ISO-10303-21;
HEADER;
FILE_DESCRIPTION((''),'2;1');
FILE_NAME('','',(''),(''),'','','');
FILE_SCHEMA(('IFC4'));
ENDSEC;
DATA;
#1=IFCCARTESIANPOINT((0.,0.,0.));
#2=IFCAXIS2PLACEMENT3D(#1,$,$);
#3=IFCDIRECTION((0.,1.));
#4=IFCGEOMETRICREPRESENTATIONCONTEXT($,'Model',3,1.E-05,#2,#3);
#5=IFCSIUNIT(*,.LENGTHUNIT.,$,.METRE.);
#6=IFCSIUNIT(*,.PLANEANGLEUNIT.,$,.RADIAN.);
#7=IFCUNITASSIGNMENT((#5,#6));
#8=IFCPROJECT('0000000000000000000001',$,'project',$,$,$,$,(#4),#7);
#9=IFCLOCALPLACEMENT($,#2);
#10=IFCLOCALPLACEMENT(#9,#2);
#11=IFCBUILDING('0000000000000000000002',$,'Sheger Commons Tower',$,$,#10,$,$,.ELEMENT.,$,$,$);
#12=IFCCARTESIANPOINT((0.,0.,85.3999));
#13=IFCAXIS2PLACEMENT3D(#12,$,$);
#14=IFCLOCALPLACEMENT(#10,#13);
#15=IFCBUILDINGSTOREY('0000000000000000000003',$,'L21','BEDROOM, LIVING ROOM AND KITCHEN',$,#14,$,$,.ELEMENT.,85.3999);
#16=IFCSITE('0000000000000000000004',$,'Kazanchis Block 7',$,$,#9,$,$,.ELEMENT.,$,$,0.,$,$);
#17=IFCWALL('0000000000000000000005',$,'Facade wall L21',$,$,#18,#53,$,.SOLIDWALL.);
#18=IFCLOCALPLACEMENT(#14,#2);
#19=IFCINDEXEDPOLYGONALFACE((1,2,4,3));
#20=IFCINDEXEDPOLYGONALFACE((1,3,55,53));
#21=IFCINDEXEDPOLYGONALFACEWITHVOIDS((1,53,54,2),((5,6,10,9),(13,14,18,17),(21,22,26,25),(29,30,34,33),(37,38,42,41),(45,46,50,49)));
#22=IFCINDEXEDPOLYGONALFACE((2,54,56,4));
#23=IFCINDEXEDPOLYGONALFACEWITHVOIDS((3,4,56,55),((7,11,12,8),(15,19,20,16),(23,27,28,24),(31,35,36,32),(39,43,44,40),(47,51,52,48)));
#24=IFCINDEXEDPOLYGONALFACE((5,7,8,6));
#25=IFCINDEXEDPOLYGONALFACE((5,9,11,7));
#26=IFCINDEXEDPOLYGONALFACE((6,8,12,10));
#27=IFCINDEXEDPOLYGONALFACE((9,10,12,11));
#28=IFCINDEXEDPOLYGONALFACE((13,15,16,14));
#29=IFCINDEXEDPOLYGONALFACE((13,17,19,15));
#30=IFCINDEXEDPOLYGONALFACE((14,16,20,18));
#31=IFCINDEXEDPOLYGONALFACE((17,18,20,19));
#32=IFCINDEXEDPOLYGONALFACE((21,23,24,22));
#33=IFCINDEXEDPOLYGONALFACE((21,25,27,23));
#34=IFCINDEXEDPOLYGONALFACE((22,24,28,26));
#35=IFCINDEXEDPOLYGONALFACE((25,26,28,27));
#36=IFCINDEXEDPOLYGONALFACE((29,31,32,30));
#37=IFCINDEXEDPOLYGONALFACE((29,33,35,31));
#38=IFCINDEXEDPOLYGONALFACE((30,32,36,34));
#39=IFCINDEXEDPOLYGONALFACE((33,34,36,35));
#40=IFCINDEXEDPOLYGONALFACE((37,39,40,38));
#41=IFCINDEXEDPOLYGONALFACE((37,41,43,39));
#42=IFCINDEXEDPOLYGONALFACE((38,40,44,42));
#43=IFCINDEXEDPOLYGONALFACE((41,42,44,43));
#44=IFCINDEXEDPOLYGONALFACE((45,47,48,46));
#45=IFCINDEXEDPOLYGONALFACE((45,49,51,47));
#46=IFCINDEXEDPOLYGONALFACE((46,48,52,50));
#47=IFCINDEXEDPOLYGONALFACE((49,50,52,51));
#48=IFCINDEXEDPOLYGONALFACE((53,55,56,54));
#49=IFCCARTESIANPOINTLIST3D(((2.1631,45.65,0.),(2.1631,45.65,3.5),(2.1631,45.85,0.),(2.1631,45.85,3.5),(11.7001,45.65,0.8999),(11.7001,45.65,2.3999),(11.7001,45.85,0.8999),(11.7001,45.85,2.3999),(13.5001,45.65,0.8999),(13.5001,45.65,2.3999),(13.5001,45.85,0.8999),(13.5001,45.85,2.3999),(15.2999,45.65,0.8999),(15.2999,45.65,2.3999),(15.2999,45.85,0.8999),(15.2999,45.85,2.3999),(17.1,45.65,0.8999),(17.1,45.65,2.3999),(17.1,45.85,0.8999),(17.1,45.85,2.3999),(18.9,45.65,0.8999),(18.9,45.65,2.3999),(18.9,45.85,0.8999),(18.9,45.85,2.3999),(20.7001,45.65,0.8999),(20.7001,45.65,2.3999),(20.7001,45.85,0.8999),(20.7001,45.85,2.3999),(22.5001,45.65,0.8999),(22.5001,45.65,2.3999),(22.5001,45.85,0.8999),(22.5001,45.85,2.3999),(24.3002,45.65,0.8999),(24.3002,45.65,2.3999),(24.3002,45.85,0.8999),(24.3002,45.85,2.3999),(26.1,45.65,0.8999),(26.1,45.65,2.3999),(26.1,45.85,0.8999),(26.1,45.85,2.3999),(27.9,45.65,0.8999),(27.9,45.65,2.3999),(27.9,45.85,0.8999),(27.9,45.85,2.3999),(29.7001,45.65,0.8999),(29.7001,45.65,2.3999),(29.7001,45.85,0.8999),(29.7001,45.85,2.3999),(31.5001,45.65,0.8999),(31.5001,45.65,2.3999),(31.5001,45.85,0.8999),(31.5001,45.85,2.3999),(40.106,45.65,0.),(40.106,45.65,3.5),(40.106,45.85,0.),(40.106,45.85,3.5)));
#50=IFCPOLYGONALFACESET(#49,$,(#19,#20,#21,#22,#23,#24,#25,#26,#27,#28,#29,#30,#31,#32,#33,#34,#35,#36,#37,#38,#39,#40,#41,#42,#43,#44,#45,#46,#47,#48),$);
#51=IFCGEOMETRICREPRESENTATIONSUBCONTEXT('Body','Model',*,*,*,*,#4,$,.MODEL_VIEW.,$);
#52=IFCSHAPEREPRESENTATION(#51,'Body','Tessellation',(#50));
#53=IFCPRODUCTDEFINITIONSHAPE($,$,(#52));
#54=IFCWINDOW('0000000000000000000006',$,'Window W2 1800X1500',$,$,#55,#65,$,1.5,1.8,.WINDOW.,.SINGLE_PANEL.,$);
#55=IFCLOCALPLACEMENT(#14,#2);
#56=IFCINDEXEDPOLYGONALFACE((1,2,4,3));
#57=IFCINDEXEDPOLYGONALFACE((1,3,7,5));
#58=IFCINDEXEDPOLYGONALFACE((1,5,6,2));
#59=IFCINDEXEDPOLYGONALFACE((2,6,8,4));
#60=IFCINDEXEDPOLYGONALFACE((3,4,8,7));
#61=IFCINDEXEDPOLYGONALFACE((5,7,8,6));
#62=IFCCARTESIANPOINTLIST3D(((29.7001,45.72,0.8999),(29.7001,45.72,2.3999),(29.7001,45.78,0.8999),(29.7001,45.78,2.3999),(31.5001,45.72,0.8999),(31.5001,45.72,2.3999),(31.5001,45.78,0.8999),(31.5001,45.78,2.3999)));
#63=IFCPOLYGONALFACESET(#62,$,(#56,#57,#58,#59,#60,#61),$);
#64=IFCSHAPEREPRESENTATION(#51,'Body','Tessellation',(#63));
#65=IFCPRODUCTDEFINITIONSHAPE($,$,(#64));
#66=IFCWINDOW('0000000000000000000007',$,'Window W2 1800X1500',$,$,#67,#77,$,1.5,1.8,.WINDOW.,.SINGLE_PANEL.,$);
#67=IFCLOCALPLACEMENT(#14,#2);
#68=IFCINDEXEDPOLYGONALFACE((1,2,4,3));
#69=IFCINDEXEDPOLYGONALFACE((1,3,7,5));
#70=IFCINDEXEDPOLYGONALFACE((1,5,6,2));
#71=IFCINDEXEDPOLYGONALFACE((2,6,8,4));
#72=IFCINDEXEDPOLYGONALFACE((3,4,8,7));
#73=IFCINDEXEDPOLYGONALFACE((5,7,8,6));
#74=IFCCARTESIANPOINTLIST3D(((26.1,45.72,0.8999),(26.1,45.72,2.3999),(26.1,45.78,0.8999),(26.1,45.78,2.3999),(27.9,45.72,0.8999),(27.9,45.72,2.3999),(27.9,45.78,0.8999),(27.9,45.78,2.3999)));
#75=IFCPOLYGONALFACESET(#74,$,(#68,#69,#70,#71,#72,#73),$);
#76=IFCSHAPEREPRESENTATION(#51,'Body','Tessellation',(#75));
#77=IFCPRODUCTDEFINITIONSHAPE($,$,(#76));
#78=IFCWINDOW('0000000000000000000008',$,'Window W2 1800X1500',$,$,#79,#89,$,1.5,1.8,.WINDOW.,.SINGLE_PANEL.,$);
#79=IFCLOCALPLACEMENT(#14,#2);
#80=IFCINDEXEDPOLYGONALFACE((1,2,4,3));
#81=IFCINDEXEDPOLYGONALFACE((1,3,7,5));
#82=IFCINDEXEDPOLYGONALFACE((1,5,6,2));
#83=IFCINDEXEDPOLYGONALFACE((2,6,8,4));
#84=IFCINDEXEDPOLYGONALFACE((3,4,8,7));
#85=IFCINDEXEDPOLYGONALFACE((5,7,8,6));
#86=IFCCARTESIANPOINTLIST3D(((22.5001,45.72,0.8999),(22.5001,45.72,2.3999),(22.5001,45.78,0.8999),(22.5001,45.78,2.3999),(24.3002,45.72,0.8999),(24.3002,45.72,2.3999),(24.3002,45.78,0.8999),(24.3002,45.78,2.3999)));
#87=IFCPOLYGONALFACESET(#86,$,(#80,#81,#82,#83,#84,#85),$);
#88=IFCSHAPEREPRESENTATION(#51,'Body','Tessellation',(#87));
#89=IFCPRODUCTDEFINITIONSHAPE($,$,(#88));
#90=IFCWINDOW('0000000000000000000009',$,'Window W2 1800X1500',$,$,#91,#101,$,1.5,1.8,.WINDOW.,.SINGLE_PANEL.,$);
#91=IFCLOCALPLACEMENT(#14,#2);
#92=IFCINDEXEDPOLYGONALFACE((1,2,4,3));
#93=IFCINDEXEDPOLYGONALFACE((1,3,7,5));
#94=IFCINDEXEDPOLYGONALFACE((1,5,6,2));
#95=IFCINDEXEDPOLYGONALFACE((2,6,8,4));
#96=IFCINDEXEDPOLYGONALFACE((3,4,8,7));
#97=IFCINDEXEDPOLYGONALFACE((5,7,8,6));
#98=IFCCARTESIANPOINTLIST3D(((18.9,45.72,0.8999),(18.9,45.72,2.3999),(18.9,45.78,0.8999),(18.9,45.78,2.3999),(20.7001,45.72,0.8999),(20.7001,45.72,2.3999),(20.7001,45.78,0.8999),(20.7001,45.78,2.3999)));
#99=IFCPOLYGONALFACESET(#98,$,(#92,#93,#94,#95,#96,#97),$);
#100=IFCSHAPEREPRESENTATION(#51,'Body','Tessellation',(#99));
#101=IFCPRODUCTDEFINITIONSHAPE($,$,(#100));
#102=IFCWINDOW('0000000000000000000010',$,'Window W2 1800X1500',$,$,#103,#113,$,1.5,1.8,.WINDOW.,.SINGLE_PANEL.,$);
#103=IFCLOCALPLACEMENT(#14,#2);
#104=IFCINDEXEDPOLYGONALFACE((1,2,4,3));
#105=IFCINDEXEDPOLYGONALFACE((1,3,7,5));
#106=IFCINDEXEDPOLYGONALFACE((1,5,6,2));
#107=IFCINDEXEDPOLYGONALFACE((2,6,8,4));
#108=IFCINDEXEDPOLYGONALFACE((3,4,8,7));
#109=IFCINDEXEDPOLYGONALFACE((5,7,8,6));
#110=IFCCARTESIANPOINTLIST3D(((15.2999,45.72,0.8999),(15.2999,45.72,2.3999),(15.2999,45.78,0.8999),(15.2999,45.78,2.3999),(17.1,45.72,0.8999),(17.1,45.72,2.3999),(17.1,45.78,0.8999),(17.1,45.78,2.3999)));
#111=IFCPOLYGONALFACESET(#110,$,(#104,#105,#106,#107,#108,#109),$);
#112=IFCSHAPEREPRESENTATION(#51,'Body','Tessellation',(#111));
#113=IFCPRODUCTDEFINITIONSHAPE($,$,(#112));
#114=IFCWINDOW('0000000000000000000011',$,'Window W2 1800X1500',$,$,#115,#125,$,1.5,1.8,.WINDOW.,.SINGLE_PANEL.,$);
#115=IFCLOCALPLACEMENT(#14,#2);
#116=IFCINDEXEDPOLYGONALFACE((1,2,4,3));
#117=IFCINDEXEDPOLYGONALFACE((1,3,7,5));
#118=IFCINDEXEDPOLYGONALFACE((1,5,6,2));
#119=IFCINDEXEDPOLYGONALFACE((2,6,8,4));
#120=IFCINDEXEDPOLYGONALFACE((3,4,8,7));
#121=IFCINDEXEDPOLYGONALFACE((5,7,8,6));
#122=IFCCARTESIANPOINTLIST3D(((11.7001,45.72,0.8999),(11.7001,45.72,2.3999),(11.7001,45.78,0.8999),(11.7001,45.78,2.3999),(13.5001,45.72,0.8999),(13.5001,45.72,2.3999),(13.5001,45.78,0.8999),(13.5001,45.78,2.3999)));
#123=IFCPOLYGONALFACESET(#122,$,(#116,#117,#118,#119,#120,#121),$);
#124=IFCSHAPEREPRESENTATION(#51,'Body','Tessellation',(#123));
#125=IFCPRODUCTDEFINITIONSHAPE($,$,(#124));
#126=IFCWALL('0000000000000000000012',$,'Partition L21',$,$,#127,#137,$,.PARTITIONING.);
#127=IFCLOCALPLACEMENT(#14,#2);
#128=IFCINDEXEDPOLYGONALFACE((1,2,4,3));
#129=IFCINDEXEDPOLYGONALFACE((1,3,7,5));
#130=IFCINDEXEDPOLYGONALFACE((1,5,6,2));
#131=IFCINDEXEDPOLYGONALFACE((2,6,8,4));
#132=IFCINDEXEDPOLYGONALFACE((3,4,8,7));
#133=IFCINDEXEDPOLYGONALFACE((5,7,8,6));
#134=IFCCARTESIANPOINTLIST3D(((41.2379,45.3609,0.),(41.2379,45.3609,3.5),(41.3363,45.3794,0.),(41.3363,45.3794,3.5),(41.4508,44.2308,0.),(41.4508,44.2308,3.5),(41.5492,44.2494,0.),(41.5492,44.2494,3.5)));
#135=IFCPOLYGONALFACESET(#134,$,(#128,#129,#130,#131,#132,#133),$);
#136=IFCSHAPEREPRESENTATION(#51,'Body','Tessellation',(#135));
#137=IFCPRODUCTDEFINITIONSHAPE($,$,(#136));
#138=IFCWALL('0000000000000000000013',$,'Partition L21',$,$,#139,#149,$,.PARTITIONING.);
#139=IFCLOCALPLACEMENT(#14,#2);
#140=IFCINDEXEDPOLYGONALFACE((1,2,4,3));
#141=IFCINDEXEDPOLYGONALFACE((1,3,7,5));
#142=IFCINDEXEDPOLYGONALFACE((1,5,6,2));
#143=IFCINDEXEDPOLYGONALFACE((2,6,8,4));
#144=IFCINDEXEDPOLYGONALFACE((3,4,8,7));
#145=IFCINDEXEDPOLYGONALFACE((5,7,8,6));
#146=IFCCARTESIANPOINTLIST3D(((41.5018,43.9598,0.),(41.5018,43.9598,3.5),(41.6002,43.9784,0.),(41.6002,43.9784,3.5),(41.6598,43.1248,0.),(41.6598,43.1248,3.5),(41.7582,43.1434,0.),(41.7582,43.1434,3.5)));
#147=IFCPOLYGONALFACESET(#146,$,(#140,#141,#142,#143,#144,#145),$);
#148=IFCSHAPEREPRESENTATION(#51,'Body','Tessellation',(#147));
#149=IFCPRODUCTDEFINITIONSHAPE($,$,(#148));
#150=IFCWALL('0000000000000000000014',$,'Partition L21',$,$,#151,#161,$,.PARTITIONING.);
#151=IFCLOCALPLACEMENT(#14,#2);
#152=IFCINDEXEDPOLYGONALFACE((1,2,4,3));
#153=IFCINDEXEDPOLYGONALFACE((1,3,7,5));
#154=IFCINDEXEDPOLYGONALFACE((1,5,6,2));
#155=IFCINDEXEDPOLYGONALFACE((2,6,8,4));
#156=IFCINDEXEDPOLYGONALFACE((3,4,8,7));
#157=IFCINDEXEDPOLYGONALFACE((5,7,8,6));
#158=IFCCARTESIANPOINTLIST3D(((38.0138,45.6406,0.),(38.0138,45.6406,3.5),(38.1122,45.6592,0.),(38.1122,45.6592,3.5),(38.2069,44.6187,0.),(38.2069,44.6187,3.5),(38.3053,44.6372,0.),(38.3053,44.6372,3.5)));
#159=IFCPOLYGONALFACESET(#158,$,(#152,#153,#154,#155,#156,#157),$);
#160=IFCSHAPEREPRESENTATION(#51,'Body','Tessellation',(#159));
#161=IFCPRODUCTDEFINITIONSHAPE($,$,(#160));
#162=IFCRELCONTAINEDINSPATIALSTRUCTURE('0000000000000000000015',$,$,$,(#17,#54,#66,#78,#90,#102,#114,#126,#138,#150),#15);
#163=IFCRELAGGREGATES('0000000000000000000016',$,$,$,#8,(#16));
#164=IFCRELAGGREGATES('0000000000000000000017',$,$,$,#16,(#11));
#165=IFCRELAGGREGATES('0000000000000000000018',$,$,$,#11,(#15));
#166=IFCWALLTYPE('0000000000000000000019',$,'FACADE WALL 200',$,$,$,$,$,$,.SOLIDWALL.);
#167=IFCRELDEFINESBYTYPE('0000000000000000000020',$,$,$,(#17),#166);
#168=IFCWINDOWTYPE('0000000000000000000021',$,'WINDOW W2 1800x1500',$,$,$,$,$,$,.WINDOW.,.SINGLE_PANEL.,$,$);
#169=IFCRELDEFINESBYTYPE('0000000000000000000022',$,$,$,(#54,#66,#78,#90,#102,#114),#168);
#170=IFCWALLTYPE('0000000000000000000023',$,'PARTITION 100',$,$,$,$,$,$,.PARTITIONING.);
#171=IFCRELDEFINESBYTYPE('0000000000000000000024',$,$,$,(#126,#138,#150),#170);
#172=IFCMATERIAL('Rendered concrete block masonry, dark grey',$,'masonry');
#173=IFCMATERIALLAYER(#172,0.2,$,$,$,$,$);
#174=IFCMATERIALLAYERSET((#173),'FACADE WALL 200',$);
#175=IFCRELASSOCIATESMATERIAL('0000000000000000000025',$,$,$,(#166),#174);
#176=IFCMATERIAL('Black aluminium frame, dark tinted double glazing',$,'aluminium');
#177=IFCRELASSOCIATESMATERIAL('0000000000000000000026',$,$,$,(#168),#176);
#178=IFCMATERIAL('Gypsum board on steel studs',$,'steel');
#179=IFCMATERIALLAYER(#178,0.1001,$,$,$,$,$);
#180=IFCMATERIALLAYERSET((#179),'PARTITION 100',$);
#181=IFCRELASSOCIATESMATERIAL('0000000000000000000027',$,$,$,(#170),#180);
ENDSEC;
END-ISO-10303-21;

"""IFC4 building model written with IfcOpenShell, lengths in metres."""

from ifc_helpers import new_model, si_unit, direction, frame, frame_2d, origin, place, context, subcontext, project, spatial, rectangle, extrude, material, layer, layer_set, type_object, element, fill, save


model = new_model("IFC4")

# Units and contexts
model_context = context("Model", 3, precision=1e-05, world=origin(), true_north=direction((0.0, 1.0)))
body_context = subcontext(model_context, "Body", "Model", "MODEL_VIEW")
ifc_project = project(units=[si_unit("LENGTHUNIT", "METRE"), si_unit("PLANEANGLEUNIT", "RADIAN")], contexts=[model_context])

# Site, building, storey
site_placement = place(None, origin())
site = spatial("IfcSite", under=ifc_project, at=site_placement, Name="Kazanchis Block 7", CompositionType="ELEMENT", RefElevation=0.0)
building_placement = place(site_placement, origin())
building = spatial("IfcBuilding", under=site, at=building_placement, Name="Sheger Commons Tower", CompositionType="ELEMENT")
storey_placement = place(building_placement, frame((0.0, 0.0, 85.3999)))
storey = spatial("IfcBuildingStorey", under=building, at=storey_placement, Name="L21", Description="BEDROOM, LIVING ROOM AND KITCHEN", CompositionType="ELEMENT", Elevation=85.3999)

# Shared definitions
ifc_material_1 = material(Name="Rendered concrete block masonry, dark grey", Category="masonry")
ifc_layer_1 = layer(ifc_material_1, 0.2)
ifc_layer_set_1 = layer_set([ifc_layer_1], Name="FACADE WALL 200")
wall_type_1 = type_object("IfcWallType", Name="FACADE WALL 200", PredefinedType="SOLIDWALL", material=ifc_layer_set_1)

# Wall, openings, windows
wall_1_placement = place(storey_placement, frame((40.106, 45.75, 0.0), z_axis=(0.0, 0.0, 1.0), x_axis=(-1.0, 0.0, 0.0)))
wall_1 = element("IfcWall", 1, at=wall_1_placement, inside=storey, type_object=wall_type_1, Name="Facade wall L21", PredefinedType="SOLIDWALL", context=body_context, shape_type="SweptSolid", body=[
    extrude(rectangle(XDim=37.9429, YDim=0.2, at=frame_2d((18.9714, 0.0))), origin(), (0.0, 0.0, 1.0), 3.5),
])
opening_1_placement = place(wall_1_placement, frame((8.606, 0.0, 0.8999)))
opening_1 = element("IfcOpeningElement", 2, at=opening_1_placement, cuts=wall_1, PredefinedType="OPENING", context=body_context, shape_type="SweptSolid", body=[
    extrude(rectangle(XDim=1.8, YDim=1.5, at=frame_2d((0.8999, 0.75))), frame((0.0, 0.1099, 0.0), z_axis=(0.0, -1.0, 0.0), x_axis=(1.0, 0.0, 0.0)), (0.0, 0.0, 1.0), 0.22),
])
opening_2_placement = place(wall_1_placement, frame((12.2061, 0.0, 0.8999)))
opening_2 = element("IfcOpeningElement", 3, at=opening_2_placement, cuts=wall_1, PredefinedType="OPENING", context=body_context, shape_type="SweptSolid", body=[
    extrude(rectangle(XDim=1.8, YDim=1.5, at=frame_2d((0.8999, 0.75))), frame((0.0, 0.1099, 0.0), z_axis=(0.0, -1.0, 0.0), x_axis=(1.0, 0.0, 0.0)), (0.0, 0.0, 1.0), 0.22),
])
opening_3_placement = place(wall_1_placement, frame((15.8059, 0.0, 0.8999)))
opening_3 = element("IfcOpeningElement", 4, at=opening_3_placement, cuts=wall_1, PredefinedType="OPENING", context=body_context, shape_type="SweptSolid", body=[
    extrude(rectangle(XDim=1.8, YDim=1.5, at=frame_2d((0.8999, 0.75))), frame((0.0, 0.1099, 0.0), z_axis=(0.0, -1.0, 0.0), x_axis=(1.0, 0.0, 0.0)), (0.0, 0.0, 1.0), 0.22),
])
opening_4_placement = place(wall_1_placement, frame((19.406, 0.0, 0.8999)))
opening_4 = element("IfcOpeningElement", 5, at=opening_4_placement, cuts=wall_1, PredefinedType="OPENING", context=body_context, shape_type="SweptSolid", body=[
    extrude(rectangle(XDim=1.8, YDim=1.5, at=frame_2d((0.8999, 0.75))), frame((0.0, 0.1099, 0.0), z_axis=(0.0, -1.0, 0.0), x_axis=(1.0, 0.0, 0.0)), (0.0, 0.0, 1.0), 0.22),
])
opening_5_placement = place(wall_1_placement, frame((23.0061, 0.0, 0.8999)))
opening_5 = element("IfcOpeningElement", 6, at=opening_5_placement, cuts=wall_1, PredefinedType="OPENING", context=body_context, shape_type="SweptSolid", body=[
    extrude(rectangle(XDim=1.8, YDim=1.5, at=frame_2d((0.8999, 0.75))), frame((0.0, 0.1099, 0.0), z_axis=(0.0, -1.0, 0.0), x_axis=(1.0, 0.0, 0.0)), (0.0, 0.0, 1.0), 0.22),
])
opening_6_placement = place(wall_1_placement, frame((26.606, 0.0, 0.8999)))
opening_6 = element("IfcOpeningElement", 7, at=opening_6_placement, cuts=wall_1, PredefinedType="OPENING", context=body_context, shape_type="SweptSolid", body=[
    extrude(rectangle(XDim=1.8, YDim=1.5, at=frame_2d((0.8999, 0.75))), frame((0.0, 0.1099, 0.0), z_axis=(0.0, -1.0, 0.0), x_axis=(1.0, 0.0, 0.0)), (0.0, 0.0, 1.0), 0.22),
])
ifc_material_2 = material(Name="Black aluminium frame, dark tinted double glazing", Category="aluminium")
window_type = type_object("IfcWindowType", Name="WINDOW W2 1800x1500", PartitioningType="SINGLE_PANEL", PredefinedType="WINDOW", material=ifc_material_2)
window_1_placement = place(opening_1_placement, origin())
window_1 = element("IfcWindow", 8, at=window_1_placement, inside=storey, type_object=window_type, Name="Window W2 1800X1500", OverallHeight=1.5, OverallWidth=1.8, PartitioningType="SINGLE_PANEL", PredefinedType="WINDOW", context=body_context, shape_type="SweptSolid", body=[
    extrude(rectangle(XDim=1.8, YDim=1.5, at=frame_2d((0.8999, 0.75))), frame((0.0, 0.03, 0.0), z_axis=(0.0, -1.0, 0.0), x_axis=(1.0, 0.0, 0.0)), (0.0, 0.0, 1.0), 0.0601),
])
fill(opening_1, window_1)
window_2_placement = place(opening_2_placement, origin())
window_2 = element("IfcWindow", 9, at=window_2_placement, inside=storey, type_object=window_type, Name="Window W2 1800X1500", OverallHeight=1.5, OverallWidth=1.8, PartitioningType="SINGLE_PANEL", PredefinedType="WINDOW", context=body_context, shape_type="SweptSolid", body=[
    extrude(rectangle(XDim=1.8, YDim=1.5, at=frame_2d((0.8999, 0.75))), frame((0.0, 0.03, 0.0), z_axis=(0.0, -1.0, 0.0), x_axis=(1.0, 0.0, 0.0)), (0.0, 0.0, 1.0), 0.0601),
])
fill(opening_2, window_2)
window_3_placement = place(opening_3_placement, origin())
window_3 = element("IfcWindow", 10, at=window_3_placement, inside=storey, type_object=window_type, Name="Window W2 1800X1500", OverallHeight=1.5, OverallWidth=1.8, PartitioningType="SINGLE_PANEL", PredefinedType="WINDOW", context=body_context, shape_type="SweptSolid", body=[
    extrude(rectangle(XDim=1.8, YDim=1.5, at=frame_2d((0.8999, 0.75))), frame((0.0, 0.03, 0.0), z_axis=(0.0, -1.0, 0.0), x_axis=(1.0, 0.0, 0.0)), (0.0, 0.0, 1.0), 0.0601),
])
fill(opening_3, window_3)
window_4_placement = place(opening_4_placement, origin())
window_4 = element("IfcWindow", 11, at=window_4_placement, inside=storey, type_object=window_type, Name="Window W2 1800X1500", OverallHeight=1.5, OverallWidth=1.8, PartitioningType="SINGLE_PANEL", PredefinedType="WINDOW", context=body_context, shape_type="SweptSolid", body=[
    extrude(rectangle(XDim=1.8, YDim=1.5, at=frame_2d((0.8999, 0.75))), frame((0.0, 0.03, 0.0), z_axis=(0.0, -1.0, 0.0), x_axis=(1.0, 0.0, 0.0)), (0.0, 0.0, 1.0), 0.0601),
])
fill(opening_4, window_4)
window_5_placement = place(opening_5_placement, origin())
window_5 = element("IfcWindow", 12, at=window_5_placement, inside=storey, type_object=window_type, Name="Window W2 1800X1500", OverallHeight=1.5, OverallWidth=1.8, PartitioningType="SINGLE_PANEL", PredefinedType="WINDOW", context=body_context, shape_type="SweptSolid", body=[
    extrude(rectangle(XDim=1.8, YDim=1.5, at=frame_2d((0.8999, 0.75))), frame((0.0, 0.03, 0.0), z_axis=(0.0, -1.0, 0.0), x_axis=(1.0, 0.0, 0.0)), (0.0, 0.0, 1.0), 0.0601),
])
fill(opening_5, window_5)
window_6_placement = place(opening_6_placement, origin())
window_6 = element("IfcWindow", 13, at=window_6_placement, inside=storey, type_object=window_type, Name="Window W2 1800X1500", OverallHeight=1.5, OverallWidth=1.8, PartitioningType="SINGLE_PANEL", PredefinedType="WINDOW", context=body_context, shape_type="SweptSolid", body=[
    extrude(rectangle(XDim=1.8, YDim=1.5, at=frame_2d((0.8999, 0.75))), frame((0.0, 0.03, 0.0), z_axis=(0.0, -1.0, 0.0), x_axis=(1.0, 0.0, 0.0)), (0.0, 0.0, 1.0), 0.0601),
])
fill(opening_6, window_6)

# Walls
ifc_material_3 = material(Name="Gypsum board on steel studs", Category="steel")
ifc_layer_2 = layer(ifc_material_3, 0.1001)
ifc_layer_set_2 = layer_set([ifc_layer_2], Name="PARTITION 100")
wall_type_2 = type_object("IfcWallType", Name="PARTITION 100", PredefinedType="PARTITIONING", material=ifc_layer_set_2)
wall_2_placement = place(storey_placement, frame((41.2871, 45.3701, 0.0), z_axis=(0.0, 0.0, 1.0), x_axis=(0.185122, -0.982716, 0.0)))
element("IfcWall", 14, at=wall_2_placement, inside=storey, type_object=wall_type_2, Name="Partition L21", PredefinedType="PARTITIONING", context=body_context, shape_type="SweptSolid", body=[
    extrude(rectangle(XDim=1.1499, YDim=0.1001, at=frame_2d((0.575, 0.0))), origin(), (0.0, 0.0, 1.0), 3.5),
])
wall_3_placement = place(storey_placement, frame((41.551, 43.969, 0.0), z_axis=(0.0, 0.0, 1.0), x_axis=(0.185884, -0.982572, 0.0)))
element("IfcWall", 15, at=wall_3_placement, inside=storey, type_object=wall_type_2, Name="Partition L21", PredefinedType="PARTITIONING", context=body_context, shape_type="SweptSolid", body=[
    extrude(rectangle(XDim=0.8499, YDim=0.1001, at=frame_2d((0.4248, 0.0))), origin(), (0.0, 0.0, 1.0), 3.5),
])
wall_4_placement = place(storey_placement, frame((38.063, 45.6499, 0.0), z_axis=(0.0, 0.0, 1.0), x_axis=(0.185677, -0.982611, 0.0)))
element("IfcWall", 16, at=wall_4_placement, inside=storey, type_object=wall_type_2, Name="Partition L21", PredefinedType="PARTITIONING", context=body_context, shape_type="SweptSolid", body=[
    extrude(rectangle(XDim=1.04, YDim=0.1001, at=frame_2d((0.52, 0.0))), origin(), (0.0, 0.0, 1.0), 3.5),
])

save(model, "model.ifc")
